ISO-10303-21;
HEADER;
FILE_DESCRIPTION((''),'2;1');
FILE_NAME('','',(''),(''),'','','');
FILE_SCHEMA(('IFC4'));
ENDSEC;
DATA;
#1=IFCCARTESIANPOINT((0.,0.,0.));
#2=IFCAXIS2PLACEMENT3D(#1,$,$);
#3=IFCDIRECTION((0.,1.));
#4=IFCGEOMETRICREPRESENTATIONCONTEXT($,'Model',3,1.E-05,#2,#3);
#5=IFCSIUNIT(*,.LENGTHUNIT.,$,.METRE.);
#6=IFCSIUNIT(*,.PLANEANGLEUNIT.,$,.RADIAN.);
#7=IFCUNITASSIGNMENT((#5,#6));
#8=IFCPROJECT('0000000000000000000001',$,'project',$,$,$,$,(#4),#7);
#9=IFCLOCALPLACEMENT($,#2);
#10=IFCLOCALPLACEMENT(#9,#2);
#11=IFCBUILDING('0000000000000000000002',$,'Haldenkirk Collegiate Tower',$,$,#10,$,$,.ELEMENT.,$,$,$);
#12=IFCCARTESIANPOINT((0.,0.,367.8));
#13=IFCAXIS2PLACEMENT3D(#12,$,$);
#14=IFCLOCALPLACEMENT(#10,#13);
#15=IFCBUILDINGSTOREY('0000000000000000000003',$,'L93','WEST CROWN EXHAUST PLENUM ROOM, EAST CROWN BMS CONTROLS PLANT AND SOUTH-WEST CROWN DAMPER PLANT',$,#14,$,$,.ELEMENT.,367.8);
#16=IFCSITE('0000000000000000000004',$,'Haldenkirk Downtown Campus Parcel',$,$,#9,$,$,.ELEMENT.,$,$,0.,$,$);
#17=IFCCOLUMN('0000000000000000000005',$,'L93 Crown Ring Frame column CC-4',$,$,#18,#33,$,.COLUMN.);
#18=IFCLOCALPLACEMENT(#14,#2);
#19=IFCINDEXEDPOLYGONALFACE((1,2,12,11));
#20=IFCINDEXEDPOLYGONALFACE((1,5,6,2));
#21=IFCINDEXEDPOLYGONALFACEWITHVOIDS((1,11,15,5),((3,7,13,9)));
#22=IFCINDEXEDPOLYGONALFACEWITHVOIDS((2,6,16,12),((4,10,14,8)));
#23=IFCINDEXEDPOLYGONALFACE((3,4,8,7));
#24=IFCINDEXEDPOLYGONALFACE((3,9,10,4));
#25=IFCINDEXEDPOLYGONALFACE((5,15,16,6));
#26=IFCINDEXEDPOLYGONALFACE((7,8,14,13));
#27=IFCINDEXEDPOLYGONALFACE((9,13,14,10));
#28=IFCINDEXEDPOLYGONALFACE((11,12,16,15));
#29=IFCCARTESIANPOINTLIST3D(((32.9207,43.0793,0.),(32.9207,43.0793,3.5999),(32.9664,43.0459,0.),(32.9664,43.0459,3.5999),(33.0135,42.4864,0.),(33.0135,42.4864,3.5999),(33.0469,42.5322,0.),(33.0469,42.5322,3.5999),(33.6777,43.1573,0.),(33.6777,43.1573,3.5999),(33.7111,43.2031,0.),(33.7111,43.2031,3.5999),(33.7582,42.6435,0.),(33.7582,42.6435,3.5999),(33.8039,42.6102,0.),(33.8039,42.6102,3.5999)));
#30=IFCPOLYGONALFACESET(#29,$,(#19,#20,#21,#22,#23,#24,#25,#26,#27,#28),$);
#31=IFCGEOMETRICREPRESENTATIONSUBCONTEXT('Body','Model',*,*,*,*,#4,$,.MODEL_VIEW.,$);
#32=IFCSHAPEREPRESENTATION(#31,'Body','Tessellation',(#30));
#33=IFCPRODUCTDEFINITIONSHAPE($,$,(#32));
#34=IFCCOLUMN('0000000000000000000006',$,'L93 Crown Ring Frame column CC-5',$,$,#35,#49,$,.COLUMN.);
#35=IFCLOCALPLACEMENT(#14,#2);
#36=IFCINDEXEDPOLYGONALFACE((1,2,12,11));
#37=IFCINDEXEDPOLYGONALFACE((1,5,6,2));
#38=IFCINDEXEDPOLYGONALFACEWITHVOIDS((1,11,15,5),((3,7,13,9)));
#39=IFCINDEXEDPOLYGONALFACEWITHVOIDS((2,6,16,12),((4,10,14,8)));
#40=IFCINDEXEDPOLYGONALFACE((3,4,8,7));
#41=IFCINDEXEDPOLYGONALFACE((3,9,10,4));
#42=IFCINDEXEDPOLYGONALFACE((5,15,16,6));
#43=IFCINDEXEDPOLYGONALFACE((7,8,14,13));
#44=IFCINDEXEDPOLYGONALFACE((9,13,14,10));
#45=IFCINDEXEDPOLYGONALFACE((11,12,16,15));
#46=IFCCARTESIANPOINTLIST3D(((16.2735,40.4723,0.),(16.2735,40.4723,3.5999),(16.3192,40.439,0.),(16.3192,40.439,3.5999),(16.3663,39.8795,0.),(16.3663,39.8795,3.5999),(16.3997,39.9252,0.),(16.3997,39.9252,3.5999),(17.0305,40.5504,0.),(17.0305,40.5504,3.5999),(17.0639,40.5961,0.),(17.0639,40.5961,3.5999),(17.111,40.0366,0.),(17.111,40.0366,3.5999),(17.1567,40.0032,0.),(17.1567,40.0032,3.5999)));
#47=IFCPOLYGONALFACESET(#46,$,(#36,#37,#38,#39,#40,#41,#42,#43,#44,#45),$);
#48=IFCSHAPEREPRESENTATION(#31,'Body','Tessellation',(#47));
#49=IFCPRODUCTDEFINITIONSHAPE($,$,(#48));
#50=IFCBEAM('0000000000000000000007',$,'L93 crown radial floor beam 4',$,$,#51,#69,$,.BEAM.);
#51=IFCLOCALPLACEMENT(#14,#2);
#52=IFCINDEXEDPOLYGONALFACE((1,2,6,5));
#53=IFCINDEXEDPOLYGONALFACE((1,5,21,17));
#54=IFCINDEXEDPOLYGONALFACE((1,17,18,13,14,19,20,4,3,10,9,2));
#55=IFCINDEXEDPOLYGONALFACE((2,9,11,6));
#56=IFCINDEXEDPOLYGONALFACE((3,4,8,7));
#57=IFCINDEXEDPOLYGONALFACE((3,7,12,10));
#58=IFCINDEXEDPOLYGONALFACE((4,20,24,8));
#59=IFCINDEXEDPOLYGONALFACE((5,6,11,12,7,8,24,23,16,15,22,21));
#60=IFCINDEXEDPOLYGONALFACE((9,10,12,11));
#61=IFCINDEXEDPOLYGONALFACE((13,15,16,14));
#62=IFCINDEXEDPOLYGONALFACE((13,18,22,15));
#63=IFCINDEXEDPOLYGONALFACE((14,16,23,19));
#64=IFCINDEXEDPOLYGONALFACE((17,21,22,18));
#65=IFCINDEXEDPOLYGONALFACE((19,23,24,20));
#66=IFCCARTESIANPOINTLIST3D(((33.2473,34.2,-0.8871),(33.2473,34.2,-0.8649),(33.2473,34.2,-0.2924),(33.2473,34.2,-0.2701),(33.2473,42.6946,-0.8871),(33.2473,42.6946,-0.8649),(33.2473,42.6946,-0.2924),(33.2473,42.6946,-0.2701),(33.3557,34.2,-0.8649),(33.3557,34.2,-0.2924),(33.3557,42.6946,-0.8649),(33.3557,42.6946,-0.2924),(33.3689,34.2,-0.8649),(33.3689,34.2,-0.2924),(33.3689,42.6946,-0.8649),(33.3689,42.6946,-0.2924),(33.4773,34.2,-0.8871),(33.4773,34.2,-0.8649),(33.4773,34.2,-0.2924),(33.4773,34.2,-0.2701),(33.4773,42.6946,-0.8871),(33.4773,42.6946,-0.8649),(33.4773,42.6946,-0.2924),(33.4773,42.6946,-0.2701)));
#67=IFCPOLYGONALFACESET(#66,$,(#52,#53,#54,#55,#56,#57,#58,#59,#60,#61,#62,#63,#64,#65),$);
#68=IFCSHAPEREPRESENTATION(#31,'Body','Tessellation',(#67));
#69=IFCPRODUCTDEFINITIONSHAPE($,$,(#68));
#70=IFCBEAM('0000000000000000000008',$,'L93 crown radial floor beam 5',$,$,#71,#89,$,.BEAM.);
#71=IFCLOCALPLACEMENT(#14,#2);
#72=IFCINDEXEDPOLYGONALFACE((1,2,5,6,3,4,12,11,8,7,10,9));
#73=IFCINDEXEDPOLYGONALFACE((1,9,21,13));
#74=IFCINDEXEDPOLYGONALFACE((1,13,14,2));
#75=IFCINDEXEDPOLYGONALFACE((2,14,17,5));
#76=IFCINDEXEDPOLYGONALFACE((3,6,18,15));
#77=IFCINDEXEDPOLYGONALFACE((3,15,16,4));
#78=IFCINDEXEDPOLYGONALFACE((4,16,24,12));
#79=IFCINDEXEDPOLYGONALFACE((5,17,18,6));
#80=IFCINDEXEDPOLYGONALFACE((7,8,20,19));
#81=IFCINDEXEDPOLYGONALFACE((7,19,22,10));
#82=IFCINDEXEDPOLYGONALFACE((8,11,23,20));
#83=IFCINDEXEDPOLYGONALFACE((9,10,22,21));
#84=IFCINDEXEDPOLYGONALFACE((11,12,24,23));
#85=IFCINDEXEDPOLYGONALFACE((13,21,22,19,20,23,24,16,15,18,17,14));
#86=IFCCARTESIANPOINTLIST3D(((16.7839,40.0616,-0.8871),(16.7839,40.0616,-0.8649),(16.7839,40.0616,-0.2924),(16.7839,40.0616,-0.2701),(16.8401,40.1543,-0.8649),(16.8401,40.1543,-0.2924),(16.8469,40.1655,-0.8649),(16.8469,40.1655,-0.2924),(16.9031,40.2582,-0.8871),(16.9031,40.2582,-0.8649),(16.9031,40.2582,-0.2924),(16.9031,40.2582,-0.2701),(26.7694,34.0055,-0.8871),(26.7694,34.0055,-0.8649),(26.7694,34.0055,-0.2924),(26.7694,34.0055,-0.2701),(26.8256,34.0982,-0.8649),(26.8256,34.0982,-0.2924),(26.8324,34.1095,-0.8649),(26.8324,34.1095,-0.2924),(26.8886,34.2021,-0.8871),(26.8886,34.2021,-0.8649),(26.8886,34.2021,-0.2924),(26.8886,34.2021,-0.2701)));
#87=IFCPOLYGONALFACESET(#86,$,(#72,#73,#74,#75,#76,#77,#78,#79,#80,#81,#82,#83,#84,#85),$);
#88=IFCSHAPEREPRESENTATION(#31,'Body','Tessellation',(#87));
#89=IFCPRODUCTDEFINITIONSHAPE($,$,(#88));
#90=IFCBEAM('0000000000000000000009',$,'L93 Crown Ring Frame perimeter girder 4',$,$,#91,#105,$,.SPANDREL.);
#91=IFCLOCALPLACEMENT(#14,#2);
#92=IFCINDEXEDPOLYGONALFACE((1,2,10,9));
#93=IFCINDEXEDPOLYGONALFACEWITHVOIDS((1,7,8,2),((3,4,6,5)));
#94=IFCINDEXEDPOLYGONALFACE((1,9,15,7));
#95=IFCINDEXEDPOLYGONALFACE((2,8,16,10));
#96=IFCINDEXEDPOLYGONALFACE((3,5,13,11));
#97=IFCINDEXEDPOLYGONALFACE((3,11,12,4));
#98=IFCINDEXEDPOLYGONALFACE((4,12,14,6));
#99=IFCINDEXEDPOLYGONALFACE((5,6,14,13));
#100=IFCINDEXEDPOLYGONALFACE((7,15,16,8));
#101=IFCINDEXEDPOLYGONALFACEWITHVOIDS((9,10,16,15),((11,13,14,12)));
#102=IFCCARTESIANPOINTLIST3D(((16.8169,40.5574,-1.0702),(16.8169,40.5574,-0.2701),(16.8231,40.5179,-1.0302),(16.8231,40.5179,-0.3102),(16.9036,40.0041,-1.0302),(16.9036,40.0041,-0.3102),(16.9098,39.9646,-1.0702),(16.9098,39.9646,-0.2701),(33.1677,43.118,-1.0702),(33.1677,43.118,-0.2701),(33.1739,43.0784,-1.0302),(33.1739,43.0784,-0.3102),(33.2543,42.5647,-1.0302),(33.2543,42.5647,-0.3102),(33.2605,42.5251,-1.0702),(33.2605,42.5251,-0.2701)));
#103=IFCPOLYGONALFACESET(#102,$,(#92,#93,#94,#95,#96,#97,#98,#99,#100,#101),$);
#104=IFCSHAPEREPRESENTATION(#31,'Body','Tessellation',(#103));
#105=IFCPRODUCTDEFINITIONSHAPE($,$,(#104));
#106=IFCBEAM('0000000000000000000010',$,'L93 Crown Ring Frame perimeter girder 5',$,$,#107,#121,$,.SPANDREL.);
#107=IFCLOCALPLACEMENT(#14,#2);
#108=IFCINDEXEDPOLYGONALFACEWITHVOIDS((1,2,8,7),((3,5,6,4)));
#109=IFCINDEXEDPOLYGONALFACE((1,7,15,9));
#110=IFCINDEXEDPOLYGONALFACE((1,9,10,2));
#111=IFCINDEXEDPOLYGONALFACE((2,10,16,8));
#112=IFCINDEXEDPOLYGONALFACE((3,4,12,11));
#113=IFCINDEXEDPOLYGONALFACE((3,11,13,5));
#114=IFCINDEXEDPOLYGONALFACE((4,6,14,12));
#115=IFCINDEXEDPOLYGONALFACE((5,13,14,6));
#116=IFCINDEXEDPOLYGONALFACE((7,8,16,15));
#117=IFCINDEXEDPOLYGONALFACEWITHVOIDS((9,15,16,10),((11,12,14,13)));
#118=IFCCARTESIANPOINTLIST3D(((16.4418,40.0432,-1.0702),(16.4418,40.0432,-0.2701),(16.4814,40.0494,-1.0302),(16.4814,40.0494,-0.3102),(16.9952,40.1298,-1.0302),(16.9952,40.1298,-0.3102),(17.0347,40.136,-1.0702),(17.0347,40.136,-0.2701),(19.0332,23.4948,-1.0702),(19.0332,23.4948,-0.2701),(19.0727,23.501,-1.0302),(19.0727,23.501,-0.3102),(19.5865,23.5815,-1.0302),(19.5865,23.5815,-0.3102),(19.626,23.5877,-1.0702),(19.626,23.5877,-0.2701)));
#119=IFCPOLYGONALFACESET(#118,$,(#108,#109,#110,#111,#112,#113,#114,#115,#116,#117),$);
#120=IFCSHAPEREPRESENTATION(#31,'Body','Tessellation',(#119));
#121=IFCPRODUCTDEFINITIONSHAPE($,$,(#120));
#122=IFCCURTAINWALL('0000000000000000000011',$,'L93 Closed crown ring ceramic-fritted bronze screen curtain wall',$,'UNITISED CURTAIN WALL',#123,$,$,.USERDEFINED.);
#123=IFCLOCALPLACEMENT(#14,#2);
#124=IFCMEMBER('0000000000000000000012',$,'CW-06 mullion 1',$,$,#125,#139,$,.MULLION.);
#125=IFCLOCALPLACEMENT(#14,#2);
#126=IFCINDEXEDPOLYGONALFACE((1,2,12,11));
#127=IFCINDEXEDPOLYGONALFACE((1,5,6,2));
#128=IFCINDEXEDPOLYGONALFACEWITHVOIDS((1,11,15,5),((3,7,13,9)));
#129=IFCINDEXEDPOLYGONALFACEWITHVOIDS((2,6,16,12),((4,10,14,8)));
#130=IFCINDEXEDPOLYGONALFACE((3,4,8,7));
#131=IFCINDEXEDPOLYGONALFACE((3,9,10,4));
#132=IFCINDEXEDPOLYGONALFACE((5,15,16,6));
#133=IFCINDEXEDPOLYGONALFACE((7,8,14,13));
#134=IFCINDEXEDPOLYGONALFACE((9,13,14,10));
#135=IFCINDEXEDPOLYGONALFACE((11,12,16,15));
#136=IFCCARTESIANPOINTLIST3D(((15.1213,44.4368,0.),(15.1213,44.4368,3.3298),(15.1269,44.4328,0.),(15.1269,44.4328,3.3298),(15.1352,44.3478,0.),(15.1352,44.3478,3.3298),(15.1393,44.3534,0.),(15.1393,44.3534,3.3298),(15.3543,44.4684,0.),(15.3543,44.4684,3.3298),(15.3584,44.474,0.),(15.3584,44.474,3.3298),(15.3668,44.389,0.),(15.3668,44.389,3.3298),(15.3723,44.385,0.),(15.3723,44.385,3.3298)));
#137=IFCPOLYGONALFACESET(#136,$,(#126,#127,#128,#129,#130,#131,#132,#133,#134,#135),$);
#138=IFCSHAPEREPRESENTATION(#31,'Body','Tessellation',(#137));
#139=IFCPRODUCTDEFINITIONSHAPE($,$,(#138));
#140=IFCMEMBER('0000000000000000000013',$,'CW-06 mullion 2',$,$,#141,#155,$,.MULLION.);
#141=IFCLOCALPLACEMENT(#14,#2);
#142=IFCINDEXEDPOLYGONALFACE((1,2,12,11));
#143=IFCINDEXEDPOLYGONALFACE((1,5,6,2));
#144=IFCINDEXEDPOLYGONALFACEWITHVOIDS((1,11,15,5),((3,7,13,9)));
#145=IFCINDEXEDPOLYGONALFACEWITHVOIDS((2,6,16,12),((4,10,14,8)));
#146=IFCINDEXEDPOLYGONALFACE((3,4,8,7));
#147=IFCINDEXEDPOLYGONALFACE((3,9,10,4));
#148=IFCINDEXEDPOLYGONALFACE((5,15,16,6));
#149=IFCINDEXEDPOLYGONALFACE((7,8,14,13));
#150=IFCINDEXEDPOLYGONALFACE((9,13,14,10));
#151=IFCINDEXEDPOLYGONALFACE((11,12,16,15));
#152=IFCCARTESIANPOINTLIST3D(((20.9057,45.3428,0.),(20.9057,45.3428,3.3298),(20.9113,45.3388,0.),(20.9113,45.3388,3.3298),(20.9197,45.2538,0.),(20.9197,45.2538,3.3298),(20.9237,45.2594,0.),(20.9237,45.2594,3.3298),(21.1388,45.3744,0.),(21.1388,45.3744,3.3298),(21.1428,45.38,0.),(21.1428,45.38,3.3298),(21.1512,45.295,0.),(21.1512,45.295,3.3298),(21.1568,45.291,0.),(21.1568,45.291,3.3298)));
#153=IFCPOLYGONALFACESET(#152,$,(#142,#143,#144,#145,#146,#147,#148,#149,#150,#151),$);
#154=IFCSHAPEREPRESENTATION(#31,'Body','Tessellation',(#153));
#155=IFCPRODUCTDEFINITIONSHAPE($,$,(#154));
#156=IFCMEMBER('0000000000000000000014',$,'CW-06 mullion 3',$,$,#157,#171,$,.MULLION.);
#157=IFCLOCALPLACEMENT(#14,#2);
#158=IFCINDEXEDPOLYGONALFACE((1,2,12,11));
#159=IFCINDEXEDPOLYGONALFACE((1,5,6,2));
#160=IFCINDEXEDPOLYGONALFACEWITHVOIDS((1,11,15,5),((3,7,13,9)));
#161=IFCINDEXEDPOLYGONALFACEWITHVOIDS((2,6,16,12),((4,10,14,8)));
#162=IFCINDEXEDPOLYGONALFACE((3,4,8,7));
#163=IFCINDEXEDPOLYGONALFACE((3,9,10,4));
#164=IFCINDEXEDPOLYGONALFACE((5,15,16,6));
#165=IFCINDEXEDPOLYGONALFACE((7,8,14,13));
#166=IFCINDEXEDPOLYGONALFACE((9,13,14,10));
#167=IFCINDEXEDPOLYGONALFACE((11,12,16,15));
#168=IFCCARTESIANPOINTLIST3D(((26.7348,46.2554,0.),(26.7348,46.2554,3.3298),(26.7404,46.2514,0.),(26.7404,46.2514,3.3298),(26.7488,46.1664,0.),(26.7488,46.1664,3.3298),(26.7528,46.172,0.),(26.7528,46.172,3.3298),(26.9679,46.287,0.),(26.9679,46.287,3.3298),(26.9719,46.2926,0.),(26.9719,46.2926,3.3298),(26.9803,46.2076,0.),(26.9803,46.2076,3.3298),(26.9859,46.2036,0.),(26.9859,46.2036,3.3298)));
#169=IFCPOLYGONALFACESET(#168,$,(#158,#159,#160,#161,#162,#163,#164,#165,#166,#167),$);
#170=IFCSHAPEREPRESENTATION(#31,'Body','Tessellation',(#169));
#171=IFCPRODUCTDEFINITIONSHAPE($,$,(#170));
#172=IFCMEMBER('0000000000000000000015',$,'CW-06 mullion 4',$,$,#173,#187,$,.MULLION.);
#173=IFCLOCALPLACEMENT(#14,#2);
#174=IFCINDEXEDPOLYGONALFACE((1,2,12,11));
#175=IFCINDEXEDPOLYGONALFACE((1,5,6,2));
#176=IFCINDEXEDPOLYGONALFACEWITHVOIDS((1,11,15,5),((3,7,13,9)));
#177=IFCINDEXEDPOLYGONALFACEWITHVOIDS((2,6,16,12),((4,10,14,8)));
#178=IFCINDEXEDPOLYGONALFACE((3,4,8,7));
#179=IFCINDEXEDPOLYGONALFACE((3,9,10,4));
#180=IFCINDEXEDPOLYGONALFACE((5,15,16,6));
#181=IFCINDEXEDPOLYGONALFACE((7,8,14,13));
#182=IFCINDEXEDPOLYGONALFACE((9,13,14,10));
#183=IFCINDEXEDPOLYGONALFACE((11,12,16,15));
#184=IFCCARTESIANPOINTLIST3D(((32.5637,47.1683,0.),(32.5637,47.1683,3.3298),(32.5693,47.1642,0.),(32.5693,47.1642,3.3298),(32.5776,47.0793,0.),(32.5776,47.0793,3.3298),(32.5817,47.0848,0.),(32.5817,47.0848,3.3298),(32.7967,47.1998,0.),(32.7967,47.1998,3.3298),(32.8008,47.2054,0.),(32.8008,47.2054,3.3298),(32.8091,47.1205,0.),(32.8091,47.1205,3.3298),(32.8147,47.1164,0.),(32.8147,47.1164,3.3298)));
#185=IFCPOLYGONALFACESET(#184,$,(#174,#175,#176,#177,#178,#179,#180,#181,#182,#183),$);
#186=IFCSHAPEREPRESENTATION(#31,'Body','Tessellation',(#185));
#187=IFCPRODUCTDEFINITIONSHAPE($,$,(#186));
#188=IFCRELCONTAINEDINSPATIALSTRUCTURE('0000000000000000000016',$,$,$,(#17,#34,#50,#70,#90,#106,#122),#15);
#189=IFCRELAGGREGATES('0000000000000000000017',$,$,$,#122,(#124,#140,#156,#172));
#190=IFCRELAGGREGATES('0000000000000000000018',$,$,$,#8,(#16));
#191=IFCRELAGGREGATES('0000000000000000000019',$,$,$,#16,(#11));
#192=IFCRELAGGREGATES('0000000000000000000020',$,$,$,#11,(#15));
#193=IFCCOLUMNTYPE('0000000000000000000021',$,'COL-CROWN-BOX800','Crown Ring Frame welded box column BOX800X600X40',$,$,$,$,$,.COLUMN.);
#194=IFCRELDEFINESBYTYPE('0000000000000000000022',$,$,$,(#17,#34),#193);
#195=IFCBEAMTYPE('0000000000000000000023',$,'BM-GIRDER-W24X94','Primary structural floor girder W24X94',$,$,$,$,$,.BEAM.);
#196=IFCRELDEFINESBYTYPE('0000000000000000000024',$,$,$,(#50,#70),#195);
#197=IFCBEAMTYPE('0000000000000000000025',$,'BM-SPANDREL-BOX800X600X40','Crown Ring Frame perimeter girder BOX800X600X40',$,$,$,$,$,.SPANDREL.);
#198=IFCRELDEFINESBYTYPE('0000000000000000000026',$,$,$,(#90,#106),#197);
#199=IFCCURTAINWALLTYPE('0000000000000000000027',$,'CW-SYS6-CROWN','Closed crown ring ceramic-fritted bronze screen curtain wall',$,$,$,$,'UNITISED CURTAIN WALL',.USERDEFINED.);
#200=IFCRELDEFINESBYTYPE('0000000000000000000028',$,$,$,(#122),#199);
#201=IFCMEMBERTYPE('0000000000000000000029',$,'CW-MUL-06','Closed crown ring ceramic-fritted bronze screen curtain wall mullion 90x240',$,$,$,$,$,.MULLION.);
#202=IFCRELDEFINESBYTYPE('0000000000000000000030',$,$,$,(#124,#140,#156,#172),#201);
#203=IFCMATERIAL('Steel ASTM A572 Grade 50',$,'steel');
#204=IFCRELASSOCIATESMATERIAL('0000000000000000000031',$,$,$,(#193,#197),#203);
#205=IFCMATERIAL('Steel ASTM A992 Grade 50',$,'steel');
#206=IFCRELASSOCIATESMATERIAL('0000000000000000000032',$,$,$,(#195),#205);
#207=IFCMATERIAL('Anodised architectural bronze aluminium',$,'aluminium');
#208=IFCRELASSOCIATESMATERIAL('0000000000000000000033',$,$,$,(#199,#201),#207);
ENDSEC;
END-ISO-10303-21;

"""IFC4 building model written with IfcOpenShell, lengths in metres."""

from ifc_helpers import new_model, si_unit, direction, frame, origin, origin_2d, place, context, subcontext, project, spatial, hollow_rectangle, i_section, extrude, material, material_profile, profile_set, type_object, element, aggregate, save


model = new_model("IFC4")

# Units and contexts
model_context = context("Model", 3, precision=1e-05, world=origin(), true_north=direction((0.0, 1.0)))
body_context = subcontext(model_context, "Body", "Model", "MODEL_VIEW")
ifc_project = project(units=[si_unit("LENGTHUNIT", "METRE"), si_unit("PLANEANGLEUNIT", "RADIAN")], contexts=[model_context])

# Site, building, storey
site_placement = place(None, origin())
site = spatial("IfcSite", under=ifc_project, at=site_placement, Name="Haldenkirk Downtown Campus Parcel", CompositionType="ELEMENT", RefElevation=0.0)
building_placement = place(site_placement, origin())
building = spatial("IfcBuilding", under=site, at=building_placement, Name="Haldenkirk Collegiate Tower", CompositionType="ELEMENT")
storey_placement = place(building_placement, frame((0.0, 0.0, 367.8)))
storey = spatial("IfcBuildingStorey", under=building, at=storey_placement, Name="L93", Description="WEST CROWN EXHAUST PLENUM ROOM, EAST CROWN BMS CONTROLS PLANT AND SOUTH-WEST CROWN DAMPER PLANT", CompositionType="ELEMENT", Elevation=367.8)

# Columns
ifc_material_1 = material(Name="Steel ASTM A572 Grade 50", Category="steel")
ifc_material_profile_1 = material_profile(ifc_material_1, hollow_rectangle(XDim=0.6001, YDim=0.8, WallThickness=0.04, at=origin_2d()), Name="BOX800X600X40")
ifc_profile_set_1 = profile_set([ifc_material_profile_1], Name="Steel ASTM A572 Grade 50")
column_type = type_object("IfcColumnType", Name="COL-CROWN-BOX800", Description="Crown Ring Frame welded box column BOX800X600X40", PredefinedType="COLUMN", material=ifc_profile_set_1)
for number, where, z_axis, x_axis, name in (
    (1, (33.3623, 42.8447, 0.0), (0.0, 0.0, 1.0), (-0.15471, 0.98796, 0.0), "L93 Crown Ring Frame column CC-4"),
    (2, (16.7151, 40.2378, 0.0), (0.0, 0.0, 1.0), (-0.15471, 0.98796, 0.0), "L93 Crown Ring Frame column CC-5"),
):
    element("IfcColumn", number, at=place(storey_placement, frame(where, z_axis=z_axis, x_axis=x_axis)), inside=storey, type_object=column_type, Name=name, PredefinedType="COLUMN", context=body_context, shape_type="SweptSolid", body=[
        extrude(hollow_rectangle(XDim=0.6001, YDim=0.8, WallThickness=0.04, at=origin_2d()), origin(), (0.0, 0.0, 1.0), 3.5999),
    ])

# Beams
ifc_material_2 = material(Name="Steel ASTM A992 Grade 50", Category="steel")
ifc_material_profile_2 = material_profile(ifc_material_2, i_section(OverallWidth=0.23, OverallDepth=0.6169, WebThickness=0.0132, FlangeThickness=0.0222, at=origin_2d()), Name="W24X94")
ifc_profile_set_2 = profile_set([ifc_material_profile_2], Name="Steel ASTM A992 Grade 50")
beam_type_1 = type_object("IfcBeamType", Name="BM-GIRDER-W24X94", Description="Primary structural floor girder W24X94", PredefinedType="BEAM", material=ifc_profile_set_2)
beam_1_placement = place(storey_placement, frame((33.3623, 42.6946, -0.5786), z_axis=(0.0, -1.0, 0.0), x_axis=(1.0, 0.0, 0.0)))
element("IfcBeam", 3, at=beam_1_placement, inside=storey, type_object=beam_type_1, Name="L93 crown radial floor beam 4", PredefinedType="BEAM", context=body_context, shape_type="SweptSolid", body=[
    extrude(i_section(OverallWidth=0.23, OverallDepth=0.6169, WebThickness=0.0132, FlangeThickness=0.0222, at=origin_2d()), origin(), (0.0, 0.0, 1.0), 8.4946),
])
beam_2_placement = place(storey_placement, frame((16.8435, 40.1599, -0.5786), z_axis=(0.855035, -0.518569, 0.0), x_axis=(0.518569, 0.855035, 0.0)))
element("IfcBeam", 4, at=beam_2_placement, inside=storey, type_object=beam_type_1, Name="L93 crown radial floor beam 5", PredefinedType="BEAM", context=body_context, shape_type="SweptSolid", body=[
    extrude(i_section(OverallWidth=0.23, OverallDepth=0.6169, WebThickness=0.0132, FlangeThickness=0.0222, at=origin_2d()), origin(), (0.0, 0.0, 1.0), 11.6785),
])
ifc_material_profile_3 = material_profile(ifc_material_1, hollow_rectangle(XDim=0.6001, YDim=0.8, WallThickness=0.04, at=origin_2d()), Name="BOX800X600X40")
ifc_profile_set_3 = profile_set([ifc_material_profile_3], Name="Steel ASTM A572 Grade 50")
beam_type_2 = type_object("IfcBeamType", Name="BM-SPANDREL-BOX800X600X40", Description="Crown Ring Frame perimeter girder BOX800X600X40", PredefinedType="SPANDREL", material=ifc_profile_set_3)
beam_3_placement = place(storey_placement, frame((33.2141, 42.8215, -0.6702), z_axis=(-0.987959, -0.154715, 0.0), x_axis=(0.154715, -0.987959, 0.0)))
element("IfcBeam", 5, at=beam_3_placement, inside=storey, type_object=beam_type_2, Name="L93 Crown Ring Frame perimeter girder 4", PredefinedType="SPANDREL", context=body_context, shape_type="SweptSolid", body=[
    extrude(hollow_rectangle(XDim=0.6001, YDim=0.8, WallThickness=0.04, at=origin_2d()), origin(), (0.0, 0.0, 1.0), 16.55),
])
beam_4_placement = place(storey_placement, frame((16.7383, 40.0896, -0.6702), z_axis=(0.154705, -0.987961, 0.0), x_axis=(0.987961, 0.154705, 0.0)))
element("IfcBeam", 6, at=beam_4_placement, inside=storey, type_object=beam_type_2, Name="L93 Crown Ring Frame perimeter girder 5", PredefinedType="SPANDREL", context=body_context, shape_type="SweptSolid", body=[
    extrude(hollow_rectangle(XDim=0.6001, YDim=0.8, WallThickness=0.04, at=origin_2d()), origin(), (0.0, 0.0, 1.0), 16.75),
])

# Curtain wall, members
ifc_material_3 = material(Name="Anodised architectural bronze aluminium", Category="aluminium")
curtain_wall_type = type_object("IfcCurtainWallType", Name="CW-SYS6-CROWN", Description="Closed crown ring ceramic-fritted bronze screen curtain wall", ElementType="UNITISED CURTAIN WALL", PredefinedType="USERDEFINED", material=ifc_material_3)
curtain_wall_1_placement = place(storey_placement, origin())
curtain_wall_1 = element("IfcCurtainWall", 7, at=curtain_wall_1_placement, inside=storey, type_object=curtain_wall_type, Name="L93 Closed crown ring ceramic-fritted bronze screen curtain wall", ObjectType="UNITISED CURTAIN WALL", PredefinedType="USERDEFINED")
ifc_material_profile_4 = material_profile(ifc_material_3, hollow_rectangle(XDim=0.0901, YDim=0.24, WallThickness=0.0049, at=origin_2d()), Name="CW-MUL-06")
ifc_profile_set_4 = profile_set([ifc_material_profile_4], Name="Anodised architectural bronze aluminium")
member_type_1 = type_object("IfcMemberType", Name="CW-MUL-06", Description="Closed crown ring ceramic-fritted bronze screen curtain wall mullion 90x240", PredefinedType="MULLION", material=ifc_profile_set_4)
member_1_placement = place(storey_placement, frame((15.2468, 44.4109, 0.0), z_axis=(0.0, 0.0, 1.0), x_axis=(-0.154709, 0.98796, 0.0)))
member_1 = element("IfcMember", 8, at=member_1_placement, type_object=member_type_1, Name="CW-06 mullion 1", PredefinedType="MULLION", context=body_context, shape_type="SweptSolid", body=[
    extrude(hollow_rectangle(XDim=0.0901, YDim=0.24, WallThickness=0.0049, at=origin_2d()), origin(), (0.0, 0.0, 1.0), 3.3298),
])
member_2_placement = place(storey_placement, frame((21.0312, 45.3169, 0.0), z_axis=(0.0, 0.0, 1.0), x_axis=(-0.154709, 0.98796, 0.0)))
member_2 = element("IfcMember", 9, at=member_2_placement, type_object=member_type_1, Name="CW-06 mullion 2", PredefinedType="MULLION", context=body_context, shape_type="SweptSolid", body=[
    extrude(hollow_rectangle(XDim=0.0901, YDim=0.24, WallThickness=0.0049, at=origin_2d()), origin(), (0.0, 0.0, 1.0), 3.3298),
])
member_3_placement = place(storey_placement, frame((26.8604, 46.2295, 0.0), z_axis=(0.0, 0.0, 1.0), x_axis=(-0.154709, 0.98796, 0.0)))
member_3 = element("IfcMember", 10, at=member_3_placement, type_object=member_type_1, Name="CW-06 mullion 3", PredefinedType="MULLION", context=body_context, shape_type="SweptSolid", body=[
    extrude(hollow_rectangle(XDim=0.0901, YDim=0.24, WallThickness=0.0049, at=origin_2d()), origin(), (0.0, 0.0, 1.0), 3.3298),
])
member_4_placement = place(storey_placement, frame((32.6892, 47.1423, 0.0), z_axis=(0.0, 0.0, 1.0), x_axis=(-0.154709, 0.98796, 0.0)))
member_4 = element("IfcMember", 11, at=member_4_placement, type_object=member_type_1, Name="CW-06 mullion 4", PredefinedType="MULLION", context=body_context, shape_type="SweptSolid", body=[
    extrude(hollow_rectangle(XDim=0.0901, YDim=0.24, WallThickness=0.0049, at=origin_2d()), origin(), (0.0, 0.0, 1.0), 3.3298),
])

aggregate(curtain_wall_1, [member_1, member_2, member_3, member_4])

save(model, "model.ifc")
